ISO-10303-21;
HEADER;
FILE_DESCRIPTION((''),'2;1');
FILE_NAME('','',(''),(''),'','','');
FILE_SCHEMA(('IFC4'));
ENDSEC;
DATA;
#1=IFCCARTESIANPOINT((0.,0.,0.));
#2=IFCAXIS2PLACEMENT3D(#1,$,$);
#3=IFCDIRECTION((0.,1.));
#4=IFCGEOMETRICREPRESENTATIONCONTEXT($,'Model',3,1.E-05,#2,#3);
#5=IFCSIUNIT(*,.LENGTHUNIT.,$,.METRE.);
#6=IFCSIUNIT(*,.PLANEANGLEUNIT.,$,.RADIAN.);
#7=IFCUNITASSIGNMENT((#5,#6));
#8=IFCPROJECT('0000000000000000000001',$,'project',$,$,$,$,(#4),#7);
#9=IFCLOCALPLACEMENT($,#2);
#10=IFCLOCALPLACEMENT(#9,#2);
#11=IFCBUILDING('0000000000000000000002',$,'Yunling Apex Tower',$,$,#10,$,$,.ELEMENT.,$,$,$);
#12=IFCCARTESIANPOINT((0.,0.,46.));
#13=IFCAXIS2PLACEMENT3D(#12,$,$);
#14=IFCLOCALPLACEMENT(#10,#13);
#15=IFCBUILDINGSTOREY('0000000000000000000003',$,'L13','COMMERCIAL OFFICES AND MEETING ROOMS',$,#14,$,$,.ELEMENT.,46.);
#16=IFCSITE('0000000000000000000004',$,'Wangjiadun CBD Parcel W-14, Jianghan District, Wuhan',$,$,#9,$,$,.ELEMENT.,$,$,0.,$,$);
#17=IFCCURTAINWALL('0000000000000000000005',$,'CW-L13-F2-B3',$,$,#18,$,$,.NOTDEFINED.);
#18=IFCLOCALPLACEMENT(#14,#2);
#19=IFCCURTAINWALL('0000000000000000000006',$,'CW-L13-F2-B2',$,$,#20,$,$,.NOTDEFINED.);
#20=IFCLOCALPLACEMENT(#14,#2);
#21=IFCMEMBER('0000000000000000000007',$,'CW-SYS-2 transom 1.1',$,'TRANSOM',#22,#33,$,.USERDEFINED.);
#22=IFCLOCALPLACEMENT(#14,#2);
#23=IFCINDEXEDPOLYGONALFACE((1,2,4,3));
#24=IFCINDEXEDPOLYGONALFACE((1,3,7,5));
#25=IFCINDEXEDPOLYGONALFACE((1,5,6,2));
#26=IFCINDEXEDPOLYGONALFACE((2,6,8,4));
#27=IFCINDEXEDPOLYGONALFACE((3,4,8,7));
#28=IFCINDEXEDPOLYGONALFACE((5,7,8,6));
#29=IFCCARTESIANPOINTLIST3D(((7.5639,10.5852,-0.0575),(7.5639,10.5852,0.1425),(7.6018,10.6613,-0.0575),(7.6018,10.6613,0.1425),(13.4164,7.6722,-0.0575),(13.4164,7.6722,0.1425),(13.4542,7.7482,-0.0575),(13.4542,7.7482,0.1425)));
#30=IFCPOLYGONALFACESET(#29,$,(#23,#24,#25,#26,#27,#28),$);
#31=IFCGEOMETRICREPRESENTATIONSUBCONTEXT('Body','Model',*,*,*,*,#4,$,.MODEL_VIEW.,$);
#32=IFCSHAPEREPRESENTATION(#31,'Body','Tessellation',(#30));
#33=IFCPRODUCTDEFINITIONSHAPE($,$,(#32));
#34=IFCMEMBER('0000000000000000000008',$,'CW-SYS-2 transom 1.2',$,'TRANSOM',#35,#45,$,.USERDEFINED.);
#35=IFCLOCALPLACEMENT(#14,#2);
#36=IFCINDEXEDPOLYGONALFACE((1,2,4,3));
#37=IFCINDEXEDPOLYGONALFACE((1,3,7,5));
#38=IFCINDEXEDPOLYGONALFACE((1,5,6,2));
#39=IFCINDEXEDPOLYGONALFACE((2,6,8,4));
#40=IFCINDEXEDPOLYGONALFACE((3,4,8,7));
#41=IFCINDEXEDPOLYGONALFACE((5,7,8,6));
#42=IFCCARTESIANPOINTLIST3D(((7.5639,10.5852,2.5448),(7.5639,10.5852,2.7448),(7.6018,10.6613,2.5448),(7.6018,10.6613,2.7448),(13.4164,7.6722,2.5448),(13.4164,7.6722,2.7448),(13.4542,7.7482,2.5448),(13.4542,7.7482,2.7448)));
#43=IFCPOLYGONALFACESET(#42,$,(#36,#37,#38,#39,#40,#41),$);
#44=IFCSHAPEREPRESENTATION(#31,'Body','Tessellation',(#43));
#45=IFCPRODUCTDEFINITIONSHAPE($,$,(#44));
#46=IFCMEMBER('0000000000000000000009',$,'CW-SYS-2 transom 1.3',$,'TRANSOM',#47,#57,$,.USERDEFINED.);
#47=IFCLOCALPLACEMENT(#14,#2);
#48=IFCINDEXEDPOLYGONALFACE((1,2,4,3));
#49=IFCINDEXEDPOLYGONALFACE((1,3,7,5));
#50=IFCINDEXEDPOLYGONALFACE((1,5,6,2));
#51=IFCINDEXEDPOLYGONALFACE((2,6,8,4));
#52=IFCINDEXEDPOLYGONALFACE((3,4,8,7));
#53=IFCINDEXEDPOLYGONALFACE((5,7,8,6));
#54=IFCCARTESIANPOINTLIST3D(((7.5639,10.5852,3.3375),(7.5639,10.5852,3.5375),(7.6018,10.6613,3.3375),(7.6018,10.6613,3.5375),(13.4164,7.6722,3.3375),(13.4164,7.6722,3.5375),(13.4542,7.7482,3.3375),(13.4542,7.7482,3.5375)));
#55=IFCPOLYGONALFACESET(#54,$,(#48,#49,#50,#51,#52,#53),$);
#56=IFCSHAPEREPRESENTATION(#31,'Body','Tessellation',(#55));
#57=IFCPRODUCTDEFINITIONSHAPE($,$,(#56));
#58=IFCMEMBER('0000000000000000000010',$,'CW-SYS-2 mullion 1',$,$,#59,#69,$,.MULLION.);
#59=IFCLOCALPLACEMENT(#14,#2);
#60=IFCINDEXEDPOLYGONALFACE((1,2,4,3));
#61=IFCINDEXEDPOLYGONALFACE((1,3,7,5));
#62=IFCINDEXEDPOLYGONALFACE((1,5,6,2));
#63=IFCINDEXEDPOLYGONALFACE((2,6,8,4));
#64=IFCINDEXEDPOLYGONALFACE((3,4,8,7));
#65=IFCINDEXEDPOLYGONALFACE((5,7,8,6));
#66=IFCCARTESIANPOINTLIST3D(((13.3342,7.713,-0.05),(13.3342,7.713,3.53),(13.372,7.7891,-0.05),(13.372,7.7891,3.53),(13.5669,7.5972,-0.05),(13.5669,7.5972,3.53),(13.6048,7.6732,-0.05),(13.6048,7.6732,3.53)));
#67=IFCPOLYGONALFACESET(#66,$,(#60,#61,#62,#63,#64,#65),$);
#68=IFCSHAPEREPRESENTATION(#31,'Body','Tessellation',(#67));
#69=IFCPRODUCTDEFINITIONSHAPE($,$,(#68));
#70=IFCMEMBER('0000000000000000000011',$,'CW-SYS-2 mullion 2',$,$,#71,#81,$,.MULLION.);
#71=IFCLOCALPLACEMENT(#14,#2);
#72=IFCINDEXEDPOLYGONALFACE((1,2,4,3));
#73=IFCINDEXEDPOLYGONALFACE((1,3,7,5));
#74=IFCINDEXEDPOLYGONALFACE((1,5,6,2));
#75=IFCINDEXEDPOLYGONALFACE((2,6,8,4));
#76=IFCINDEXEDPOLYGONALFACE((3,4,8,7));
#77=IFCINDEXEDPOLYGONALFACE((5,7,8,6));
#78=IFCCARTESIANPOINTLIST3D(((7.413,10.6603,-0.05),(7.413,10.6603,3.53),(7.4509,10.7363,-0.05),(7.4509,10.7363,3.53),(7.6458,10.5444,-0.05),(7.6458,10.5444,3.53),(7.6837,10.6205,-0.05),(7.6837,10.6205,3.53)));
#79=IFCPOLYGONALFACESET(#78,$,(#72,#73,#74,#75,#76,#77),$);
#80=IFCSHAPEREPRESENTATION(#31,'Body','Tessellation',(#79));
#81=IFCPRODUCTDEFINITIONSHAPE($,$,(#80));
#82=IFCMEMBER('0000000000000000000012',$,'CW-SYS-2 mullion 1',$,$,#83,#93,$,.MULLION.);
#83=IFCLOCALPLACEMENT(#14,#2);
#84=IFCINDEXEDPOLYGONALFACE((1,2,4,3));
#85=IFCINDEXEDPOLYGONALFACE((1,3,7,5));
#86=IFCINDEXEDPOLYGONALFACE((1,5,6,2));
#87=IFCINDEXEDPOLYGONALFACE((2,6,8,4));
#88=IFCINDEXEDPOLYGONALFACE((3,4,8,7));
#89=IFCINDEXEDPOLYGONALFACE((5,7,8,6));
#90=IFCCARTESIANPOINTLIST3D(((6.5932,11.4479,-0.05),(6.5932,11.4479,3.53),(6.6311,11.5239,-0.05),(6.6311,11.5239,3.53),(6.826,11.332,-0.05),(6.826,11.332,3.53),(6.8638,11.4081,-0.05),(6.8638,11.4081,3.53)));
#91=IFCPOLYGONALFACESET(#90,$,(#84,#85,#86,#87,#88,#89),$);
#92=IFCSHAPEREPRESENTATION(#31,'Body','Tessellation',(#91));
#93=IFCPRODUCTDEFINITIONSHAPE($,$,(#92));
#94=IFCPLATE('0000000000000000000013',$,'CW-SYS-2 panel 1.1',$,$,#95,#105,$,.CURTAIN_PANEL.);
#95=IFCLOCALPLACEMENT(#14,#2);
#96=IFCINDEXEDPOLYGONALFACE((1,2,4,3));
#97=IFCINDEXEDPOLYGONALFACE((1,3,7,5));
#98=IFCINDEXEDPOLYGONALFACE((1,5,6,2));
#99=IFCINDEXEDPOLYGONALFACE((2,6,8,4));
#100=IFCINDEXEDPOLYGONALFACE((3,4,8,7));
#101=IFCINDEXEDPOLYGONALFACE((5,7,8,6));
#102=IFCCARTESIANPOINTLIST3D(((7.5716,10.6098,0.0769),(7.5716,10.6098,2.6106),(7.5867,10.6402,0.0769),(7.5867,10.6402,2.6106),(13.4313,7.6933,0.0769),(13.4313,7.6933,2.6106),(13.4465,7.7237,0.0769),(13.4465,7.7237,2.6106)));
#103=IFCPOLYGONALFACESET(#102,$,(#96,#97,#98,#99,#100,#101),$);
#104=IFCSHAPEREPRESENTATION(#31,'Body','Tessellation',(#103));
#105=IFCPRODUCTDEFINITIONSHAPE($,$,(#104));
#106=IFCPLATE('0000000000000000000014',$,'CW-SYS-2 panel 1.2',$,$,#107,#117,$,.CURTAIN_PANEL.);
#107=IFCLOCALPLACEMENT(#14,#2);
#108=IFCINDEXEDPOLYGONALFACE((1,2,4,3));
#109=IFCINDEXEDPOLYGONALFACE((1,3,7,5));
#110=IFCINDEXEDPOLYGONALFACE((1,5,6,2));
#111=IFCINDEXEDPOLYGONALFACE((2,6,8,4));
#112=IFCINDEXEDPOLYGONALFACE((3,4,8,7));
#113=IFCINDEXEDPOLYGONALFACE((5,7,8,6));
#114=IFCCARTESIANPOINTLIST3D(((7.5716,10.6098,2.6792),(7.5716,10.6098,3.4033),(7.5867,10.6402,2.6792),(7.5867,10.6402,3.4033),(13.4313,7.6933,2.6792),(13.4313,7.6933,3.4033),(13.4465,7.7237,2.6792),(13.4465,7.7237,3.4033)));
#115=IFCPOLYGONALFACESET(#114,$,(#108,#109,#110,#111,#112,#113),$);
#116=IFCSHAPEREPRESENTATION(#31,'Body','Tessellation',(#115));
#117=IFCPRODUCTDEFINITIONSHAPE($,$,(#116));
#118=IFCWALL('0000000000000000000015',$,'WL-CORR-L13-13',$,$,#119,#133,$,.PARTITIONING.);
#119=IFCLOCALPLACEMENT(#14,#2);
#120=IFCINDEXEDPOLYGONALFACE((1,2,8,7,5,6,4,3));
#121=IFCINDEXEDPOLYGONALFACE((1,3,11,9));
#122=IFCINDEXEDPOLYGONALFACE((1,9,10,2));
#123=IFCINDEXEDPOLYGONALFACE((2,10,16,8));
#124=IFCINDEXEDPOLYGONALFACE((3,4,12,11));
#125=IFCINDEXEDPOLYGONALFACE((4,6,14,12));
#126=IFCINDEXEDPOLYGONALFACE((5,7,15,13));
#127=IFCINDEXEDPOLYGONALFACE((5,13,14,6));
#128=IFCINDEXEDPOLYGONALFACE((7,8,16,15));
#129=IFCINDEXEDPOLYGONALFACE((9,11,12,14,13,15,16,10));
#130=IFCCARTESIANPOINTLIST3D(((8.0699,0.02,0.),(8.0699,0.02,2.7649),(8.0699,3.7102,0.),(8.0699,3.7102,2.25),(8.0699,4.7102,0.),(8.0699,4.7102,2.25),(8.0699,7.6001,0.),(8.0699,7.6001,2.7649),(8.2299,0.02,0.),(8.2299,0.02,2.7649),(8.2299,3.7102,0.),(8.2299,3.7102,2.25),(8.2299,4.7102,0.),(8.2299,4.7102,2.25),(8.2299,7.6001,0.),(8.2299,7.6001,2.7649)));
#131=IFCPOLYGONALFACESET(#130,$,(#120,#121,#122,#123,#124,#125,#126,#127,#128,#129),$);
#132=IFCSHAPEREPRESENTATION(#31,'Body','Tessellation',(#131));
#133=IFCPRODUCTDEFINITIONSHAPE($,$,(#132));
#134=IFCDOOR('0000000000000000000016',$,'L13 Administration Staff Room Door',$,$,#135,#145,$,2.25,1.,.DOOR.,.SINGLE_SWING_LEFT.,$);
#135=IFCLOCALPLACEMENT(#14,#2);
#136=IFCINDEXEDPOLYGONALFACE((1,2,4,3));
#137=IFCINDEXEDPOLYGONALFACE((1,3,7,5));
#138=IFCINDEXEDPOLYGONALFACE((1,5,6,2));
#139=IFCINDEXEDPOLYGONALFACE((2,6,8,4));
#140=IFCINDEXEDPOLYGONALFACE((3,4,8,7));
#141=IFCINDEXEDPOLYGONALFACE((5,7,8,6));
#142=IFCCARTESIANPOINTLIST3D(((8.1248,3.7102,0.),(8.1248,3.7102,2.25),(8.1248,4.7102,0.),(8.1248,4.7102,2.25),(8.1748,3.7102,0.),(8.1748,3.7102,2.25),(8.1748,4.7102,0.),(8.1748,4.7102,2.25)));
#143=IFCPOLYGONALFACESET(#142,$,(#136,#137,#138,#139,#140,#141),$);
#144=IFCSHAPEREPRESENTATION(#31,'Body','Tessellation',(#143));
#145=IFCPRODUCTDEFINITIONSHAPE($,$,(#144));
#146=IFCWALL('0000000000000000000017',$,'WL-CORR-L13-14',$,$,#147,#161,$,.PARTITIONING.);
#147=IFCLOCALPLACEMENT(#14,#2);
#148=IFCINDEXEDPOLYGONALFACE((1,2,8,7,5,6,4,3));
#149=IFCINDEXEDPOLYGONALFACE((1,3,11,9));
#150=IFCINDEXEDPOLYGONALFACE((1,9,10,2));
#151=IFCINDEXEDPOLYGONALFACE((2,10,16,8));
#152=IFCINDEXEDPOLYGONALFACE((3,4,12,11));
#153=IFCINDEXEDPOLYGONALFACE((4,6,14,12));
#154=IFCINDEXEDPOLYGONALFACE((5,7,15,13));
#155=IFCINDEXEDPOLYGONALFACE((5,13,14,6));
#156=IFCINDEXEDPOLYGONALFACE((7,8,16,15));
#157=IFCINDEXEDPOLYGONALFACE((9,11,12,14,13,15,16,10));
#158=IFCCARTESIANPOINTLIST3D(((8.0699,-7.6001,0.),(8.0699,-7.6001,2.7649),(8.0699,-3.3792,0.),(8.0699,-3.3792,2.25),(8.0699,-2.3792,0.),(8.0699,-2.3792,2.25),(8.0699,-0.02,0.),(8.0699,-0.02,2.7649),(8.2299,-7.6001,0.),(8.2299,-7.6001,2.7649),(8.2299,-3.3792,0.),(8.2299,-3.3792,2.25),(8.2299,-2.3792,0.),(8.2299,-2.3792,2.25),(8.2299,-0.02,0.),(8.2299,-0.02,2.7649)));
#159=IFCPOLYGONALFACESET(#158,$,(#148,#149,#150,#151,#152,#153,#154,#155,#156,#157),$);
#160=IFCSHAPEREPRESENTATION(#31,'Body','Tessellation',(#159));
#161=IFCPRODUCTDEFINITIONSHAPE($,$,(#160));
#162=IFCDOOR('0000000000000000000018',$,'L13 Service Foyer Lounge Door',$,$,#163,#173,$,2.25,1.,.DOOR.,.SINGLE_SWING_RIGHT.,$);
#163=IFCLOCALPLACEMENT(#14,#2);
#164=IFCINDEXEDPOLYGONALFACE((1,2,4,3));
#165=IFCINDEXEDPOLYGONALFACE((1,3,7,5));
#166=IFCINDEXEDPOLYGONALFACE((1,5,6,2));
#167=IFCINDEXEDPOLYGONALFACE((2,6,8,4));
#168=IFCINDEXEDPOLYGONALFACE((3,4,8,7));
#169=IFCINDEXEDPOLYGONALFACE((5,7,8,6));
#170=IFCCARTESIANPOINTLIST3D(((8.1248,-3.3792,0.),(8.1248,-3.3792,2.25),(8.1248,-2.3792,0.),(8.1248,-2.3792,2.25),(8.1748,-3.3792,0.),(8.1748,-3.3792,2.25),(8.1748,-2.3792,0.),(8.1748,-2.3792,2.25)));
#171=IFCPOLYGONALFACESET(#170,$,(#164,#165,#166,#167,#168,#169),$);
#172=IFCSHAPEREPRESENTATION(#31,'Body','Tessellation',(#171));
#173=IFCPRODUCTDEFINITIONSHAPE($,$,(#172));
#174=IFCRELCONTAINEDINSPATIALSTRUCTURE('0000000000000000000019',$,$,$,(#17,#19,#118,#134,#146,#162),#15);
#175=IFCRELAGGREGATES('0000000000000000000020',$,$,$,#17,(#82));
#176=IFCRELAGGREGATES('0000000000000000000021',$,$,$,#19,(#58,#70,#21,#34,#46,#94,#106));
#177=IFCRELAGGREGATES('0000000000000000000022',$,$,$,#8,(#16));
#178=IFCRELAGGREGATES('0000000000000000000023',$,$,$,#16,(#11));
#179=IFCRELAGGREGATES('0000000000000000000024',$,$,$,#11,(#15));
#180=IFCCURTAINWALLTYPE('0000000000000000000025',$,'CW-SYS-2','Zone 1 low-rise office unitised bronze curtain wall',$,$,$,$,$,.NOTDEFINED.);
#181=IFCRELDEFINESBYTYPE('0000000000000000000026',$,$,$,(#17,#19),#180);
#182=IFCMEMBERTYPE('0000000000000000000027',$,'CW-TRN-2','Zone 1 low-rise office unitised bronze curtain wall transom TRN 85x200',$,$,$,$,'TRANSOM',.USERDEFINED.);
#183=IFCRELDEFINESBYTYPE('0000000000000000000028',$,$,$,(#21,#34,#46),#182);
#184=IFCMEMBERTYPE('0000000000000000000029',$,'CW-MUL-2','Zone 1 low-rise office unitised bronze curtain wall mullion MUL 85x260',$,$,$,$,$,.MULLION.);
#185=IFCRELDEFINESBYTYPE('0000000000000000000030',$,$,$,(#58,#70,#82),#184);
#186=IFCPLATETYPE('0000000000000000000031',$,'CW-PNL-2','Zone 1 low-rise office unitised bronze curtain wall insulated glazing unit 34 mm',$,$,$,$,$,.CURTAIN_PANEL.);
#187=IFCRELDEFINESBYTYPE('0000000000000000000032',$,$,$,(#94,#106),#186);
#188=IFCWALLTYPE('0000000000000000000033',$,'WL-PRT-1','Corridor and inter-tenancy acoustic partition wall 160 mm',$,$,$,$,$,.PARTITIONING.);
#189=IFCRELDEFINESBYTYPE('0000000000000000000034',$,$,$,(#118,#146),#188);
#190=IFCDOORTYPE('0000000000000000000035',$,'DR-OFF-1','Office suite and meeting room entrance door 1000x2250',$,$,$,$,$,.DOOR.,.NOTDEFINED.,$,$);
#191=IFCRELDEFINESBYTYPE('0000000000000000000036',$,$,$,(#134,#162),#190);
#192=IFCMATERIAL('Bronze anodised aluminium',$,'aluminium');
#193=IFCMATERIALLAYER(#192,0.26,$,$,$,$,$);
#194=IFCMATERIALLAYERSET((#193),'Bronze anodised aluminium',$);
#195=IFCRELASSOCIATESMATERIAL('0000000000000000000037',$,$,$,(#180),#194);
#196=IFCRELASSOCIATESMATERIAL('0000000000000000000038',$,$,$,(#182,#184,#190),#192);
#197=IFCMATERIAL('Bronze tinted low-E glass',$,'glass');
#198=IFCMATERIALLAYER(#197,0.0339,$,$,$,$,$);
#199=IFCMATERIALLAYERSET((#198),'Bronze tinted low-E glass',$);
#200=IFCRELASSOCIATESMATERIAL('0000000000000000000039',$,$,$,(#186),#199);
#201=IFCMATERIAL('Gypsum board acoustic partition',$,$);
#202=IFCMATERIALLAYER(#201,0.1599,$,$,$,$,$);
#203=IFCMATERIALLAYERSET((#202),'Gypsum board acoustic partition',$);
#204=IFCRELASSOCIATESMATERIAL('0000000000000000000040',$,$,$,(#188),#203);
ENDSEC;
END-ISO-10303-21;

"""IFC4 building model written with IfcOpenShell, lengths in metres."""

from ifc_helpers import new_model, si_unit, direction, frame, frame_2d, origin, origin_2d, place, context, subcontext, project, spatial, rectangle, extrude, source, transform, mapped, material, layer, layer_set, material_profile, profile_set, type_object, element, fill, aggregate, save


model = new_model("IFC4")

# Units and contexts
model_context = context("Model", 3, precision=1e-05, world=origin(), true_north=direction((0.0, 1.0)))
body_context = subcontext(model_context, "Body", "Model", "MODEL_VIEW")
ifc_project = project(units=[si_unit("LENGTHUNIT", "METRE"), si_unit("PLANEANGLEUNIT", "RADIAN")], contexts=[model_context])

# Site, building, storey
site_placement = place(None, origin())
site = spatial("IfcSite", under=ifc_project, at=site_placement, Name="Wangjiadun CBD Parcel W-14, Jianghan District, Wuhan", CompositionType="ELEMENT", RefElevation=0.0)
building_placement = place(site_placement, origin())
building = spatial("IfcBuilding", under=site, at=building_placement, Name="Yunling Apex Tower", CompositionType="ELEMENT")
storey_placement = place(building_placement, frame((0.0, 0.0, 46.0)))
storey = spatial("IfcBuildingStorey", under=building, at=storey_placement, Name="L13", Description="COMMERCIAL OFFICES AND MEETING ROOMS", CompositionType="ELEMENT", Elevation=46.0)

# Curtain walls, members
ifc_material_1 = material(Name="Bronze anodised aluminium", Category="aluminium")
ifc_layer_1 = layer(ifc_material_1, 0.26)
ifc_layer_set_1 = layer_set([ifc_layer_1], Name="Bronze anodised aluminium")
curtain_wall_type = type_object("IfcCurtainWallType", Name="CW-SYS-2", Description="Zone 1 low-rise office unitised bronze curtain wall", PredefinedType="NOTDEFINED", material=ifc_layer_set_1)
curtain_wall_1_placement = place(storey_placement, origin())
curtain_wall_1 = element("IfcCurtainWall", 1, at=curtain_wall_1_placement, inside=storey, type_object=curtain_wall_type, Name="CW-L13-F2-B3", PredefinedType="NOTDEFINED")
ifc_material_profile_1 = material_profile(ifc_material_1, rectangle(XDim=0.085, YDim=0.2, at=origin_2d()))
ifc_profile_set_1 = profile_set([ifc_material_profile_1], Name="Bronze anodised aluminium")
member_type_1 = type_object("IfcMemberType", Name="CW-TRN-2", Description="Zone 1 low-rise office unitised bronze curtain wall transom TRN 85x200", ElementType="TRANSOM", PredefinedType="USERDEFINED", material=ifc_profile_set_1)
curtain_wall_2_placement = place(storey_placement, origin())
curtain_wall_2 = element("IfcCurtainWall", 2, at=curtain_wall_2_placement, inside=storey, type_object=curtain_wall_type, Name="CW-L13-F2-B2", PredefinedType="NOTDEFINED")
shared_shape_1 = source(origin(), body_context, "Body", "SweptSolid", [
    extrude(rectangle(XDim=0.085, YDim=0.2, at=origin_2d()), origin(), (0.0, 0.0, 1.0), 6.5374),
])
member_1_placement = place(storey_placement, frame((13.4353, 7.7102, 0.0425), z_axis=(-0.895232, 0.4456, 0.0), x_axis=(-0.4456, -0.895232, 0.0)))
member_1 = element("IfcMember", 3, at=member_1_placement, type_object=member_type_1, Name="CW-SYS-2 transom 1.1", ObjectType="TRANSOM", PredefinedType="USERDEFINED", context=body_context, shape_type="MappedRepresentation", body=[
    mapped(shared_shape_1, transform((0.0, 0.0, 0.0), scale=1.0)),
])
member_2_placement = place(storey_placement, frame((13.4353, 7.7102, 2.6448), z_axis=(-0.895232, 0.4456, 0.0), x_axis=(-0.4456, -0.895232, 0.0)))
member_2 = element("IfcMember", 4, at=member_2_placement, type_object=member_type_1, Name="CW-SYS-2 transom 1.2", ObjectType="TRANSOM", PredefinedType="USERDEFINED", context=body_context, shape_type="MappedRepresentation", body=[
    mapped(shared_shape_1, transform((0.0, 0.0, 0.0), scale=1.0)),
])
member_3_placement = place(storey_placement, frame((13.4353, 7.7102, 3.4375), z_axis=(-0.895232, 0.4456, 0.0), x_axis=(-0.4456, -0.895232, 0.0)))
member_3 = element("IfcMember", 5, at=member_3_placement, type_object=member_type_1, Name="CW-SYS-2 transom 1.3", ObjectType="TRANSOM", PredefinedType="USERDEFINED", context=body_context, shape_type="MappedRepresentation", body=[
    mapped(shared_shape_1, transform((0.0, 0.0, 0.0), scale=1.0)),
])
ifc_material_profile_2 = material_profile(ifc_material_1, rectangle(XDim=0.085, YDim=0.26, at=origin_2d()))
ifc_profile_set_2 = profile_set([ifc_material_profile_2], Name="Bronze anodised aluminium")
member_type_2 = type_object("IfcMemberType", Name="CW-MUL-2", Description="Zone 1 low-rise office unitised bronze curtain wall mullion MUL 85x260", PredefinedType="MULLION", material=ifc_profile_set_2)
shared_shape_2 = source(origin(), body_context, "Body", "SweptSolid", [
    extrude(rectangle(XDim=0.085, YDim=0.26, at=origin_2d()), origin(), (0.0, 0.0, 1.0), 3.5801),
])
member_4_placement = place(storey_placement, frame((13.4695, 7.6931, -0.05), z_axis=(0.0, 0.0, 1.0), x_axis=(-0.445577, -0.895244, 0.0)))
member_4 = element("IfcMember", 6, at=member_4_placement, type_object=member_type_2, Name="CW-SYS-2 mullion 1", PredefinedType="MULLION", context=body_context, shape_type="MappedRepresentation", body=[
    mapped(shared_shape_2, transform((0.0, 0.0, 0.0), scale=1.0)),
])
member_5_placement = place(storey_placement, frame((7.5483, 10.6404, -0.05), z_axis=(0.0, 0.0, 1.0), x_axis=(-0.445577, -0.895244, 0.0)))
member_5 = element("IfcMember", 7, at=member_5_placement, type_object=member_type_2, Name="CW-SYS-2 mullion 2", PredefinedType="MULLION", context=body_context, shape_type="MappedRepresentation", body=[
    mapped(shared_shape_2, transform((0.0, 0.0, 0.0), scale=1.0)),
])

# Member
member_6_placement = place(storey_placement, frame((6.7285, 11.428, -0.05), z_axis=(0.0, 0.0, 1.0), x_axis=(-0.44558, -0.895242, 0.0)))
member_6 = element("IfcMember", 8, at=member_6_placement, type_object=member_type_2, Name="CW-SYS-2 mullion 1", PredefinedType="MULLION", context=body_context, shape_type="MappedRepresentation", body=[
    mapped(shared_shape_2, transform((0.0, 0.0, 0.0), scale=1.0)),
])
aggregate(curtain_wall_1, [member_6])

# Plates
ifc_material_2 = material(Name="Bronze tinted low-E glass", Category="glass")
ifc_layer_2 = layer(ifc_material_2, 0.0339)
ifc_layer_set_2 = layer_set([ifc_layer_2], Name="Bronze tinted low-E glass")
plate_type = type_object("IfcPlateType", Name="CW-PNL-2", Description="Zone 1 low-rise office unitised bronze curtain wall insulated glazing unit 34 mm", PredefinedType="CURTAIN_PANEL", material=ifc_layer_set_2)
shared_shape_3 = source(origin(), body_context, "Body", "SweptSolid", [
    extrude(rectangle(XDim=6.5454, YDim=0.0339, at=origin_2d()), origin(), (0.0, 0.0, 1.0), 2.5337),
])
plate_1_placement = place(storey_placement, frame((10.509, 9.1667, 0.0769), z_axis=(0.0, 0.0, 1.0), x_axis=(-0.895244, 0.445577, 0.0)))
plate_1 = element("IfcPlate", 9, at=plate_1_placement, type_object=plate_type, Name="CW-SYS-2 panel 1.1", PredefinedType="CURTAIN_PANEL", context=body_context, shape_type="MappedRepresentation", body=[
    mapped(shared_shape_3, transform((0.0, 0.0, 0.0), scale=1.0)),
])
shared_shape_4 = source(origin(), body_context, "Body", "SweptSolid", [
    extrude(rectangle(XDim=6.5454, YDim=0.0339, at=origin_2d()), origin(), (0.0, 0.0, 1.0), 0.7241),
])
plate_2_placement = place(storey_placement, frame((10.509, 9.1667, 2.6792), z_axis=(0.0, 0.0, 1.0), x_axis=(-0.895244, 0.445577, 0.0)))
plate_2 = element("IfcPlate", 10, at=plate_2_placement, type_object=plate_type, Name="CW-SYS-2 panel 1.2", PredefinedType="CURTAIN_PANEL", context=body_context, shape_type="MappedRepresentation", body=[
    mapped(shared_shape_4, transform((0.0, 0.0, 0.0), scale=1.0)),
])
aggregate(curtain_wall_2, [member_4, member_5, member_1, member_2, member_3, plate_1, plate_2])

# Walls, openings, doors
ifc_material_3 = material(Name="Gypsum board acoustic partition")
ifc_layer_3 = layer(ifc_material_3, 0.1599)
ifc_layer_set_3 = layer_set([ifc_layer_3], Name="Gypsum board acoustic partition")
wall_type_1 = type_object("IfcWallType", Name="WL-PRT-1", Description="Corridor and inter-tenancy acoustic partition wall 160 mm", PredefinedType="PARTITIONING", material=ifc_layer_set_3)
wall_1_placement = place(storey_placement, frame((8.1499, 7.6001, 0.0), z_axis=(0.0, 0.0, 1.0), x_axis=(0.0, -1.0, 0.0)))
wall_1 = element("IfcWall", 11, at=wall_1_placement, inside=storey, type_object=wall_type_1, Name="WL-CORR-L13-13", PredefinedType="PARTITIONING", context=body_context, shape_type="SweptSolid", body=[
    extrude(rectangle(XDim=7.5801, YDim=0.1599, at=frame_2d((3.79, 0.0))), origin(), (0.0, 0.0, 1.0), 2.7649),
])
opening_1_placement = place(wall_1_placement, frame((2.8899, 0.0, 0.0)))
opening_1 = element("IfcOpeningElement", 12, at=opening_1_placement, cuts=wall_1, PredefinedType="OPENING", context=body_context, shape_type="SweptSolid", body=[
    extrude(rectangle(XDim=1.0, YDim=2.25, at=frame_2d((0.5, 1.125))), frame((0.0, 0.0898, 0.0), z_axis=(0.0, -1.0, 0.0), x_axis=(1.0, 0.0, 0.0)), (0.0, 0.0, 1.0), 0.1799),
])
door_type = type_object("IfcDoorType", Name="DR-OFF-1", Description="Office suite and meeting room entrance door 1000x2250", OperationType="NOTDEFINED", PredefinedType="DOOR", material=ifc_material_1)
door_1_placement = place(opening_1_placement, origin())
door_1 = element("IfcDoor", 13, at=door_1_placement, inside=storey, type_object=door_type, Name="L13 Administration Staff Room Door", OperationType="SINGLE_SWING_LEFT", OverallHeight=2.25, OverallWidth=1.0, PredefinedType="DOOR", context=body_context, shape_type="SweptSolid", body=[
    extrude(rectangle(XDim=1.0, YDim=2.25, at=frame_2d((0.5, 1.125))), frame((0.0, 0.0249, 0.0), z_axis=(0.0, -1.0, 0.0), x_axis=(1.0, 0.0, 0.0)), (0.0, 0.0, 1.0), 0.05),
])
fill(opening_1, door_1)
wall_2_placement = place(storey_placement, frame((8.1499, -0.02, 0.0), z_axis=(0.0, 0.0, 1.0), x_axis=(0.0, -1.0, 0.0)))
wall_2 = element("IfcWall", 14, at=wall_2_placement, inside=storey, type_object=wall_type_1, Name="WL-CORR-L13-14", PredefinedType="PARTITIONING", context=body_context, shape_type="SweptSolid", body=[
    extrude(rectangle(XDim=7.5801, YDim=0.1599, at=frame_2d((3.79, 0.0))), origin(), (0.0, 0.0, 1.0), 2.7649),
])
opening_2_placement = place(wall_2_placement, frame((2.3591, 0.0, 0.0)))
opening_2 = element("IfcOpeningElement", 15, at=opening_2_placement, cuts=wall_2, PredefinedType="OPENING", context=body_context, shape_type="SweptSolid", body=[
    extrude(rectangle(XDim=1.0, YDim=2.25, at=frame_2d((0.5, 1.125))), frame((0.0, 0.0898, 0.0), z_axis=(0.0, -1.0, 0.0), x_axis=(1.0, 0.0, 0.0)), (0.0, 0.0, 1.0), 0.1799),
])
door_2_placement = place(opening_2_placement, origin())
door_2 = element("IfcDoor", 16, at=door_2_placement, inside=storey, type_object=door_type, Name="L13 Service Foyer Lounge Door", OperationType="SINGLE_SWING_RIGHT", OverallHeight=2.25, OverallWidth=1.0, PredefinedType="DOOR", context=body_context, shape_type="SweptSolid", body=[
    extrude(rectangle(XDim=1.0, YDim=2.25, at=frame_2d((0.5, 1.125))), frame((0.0, 0.0249, 0.0), z_axis=(0.0, -1.0, 0.0), x_axis=(1.0, 0.0, 0.0)), (0.0, 0.0, 1.0), 0.05),
])
fill(opening_2, door_2)

save(model, "model.ifc")
